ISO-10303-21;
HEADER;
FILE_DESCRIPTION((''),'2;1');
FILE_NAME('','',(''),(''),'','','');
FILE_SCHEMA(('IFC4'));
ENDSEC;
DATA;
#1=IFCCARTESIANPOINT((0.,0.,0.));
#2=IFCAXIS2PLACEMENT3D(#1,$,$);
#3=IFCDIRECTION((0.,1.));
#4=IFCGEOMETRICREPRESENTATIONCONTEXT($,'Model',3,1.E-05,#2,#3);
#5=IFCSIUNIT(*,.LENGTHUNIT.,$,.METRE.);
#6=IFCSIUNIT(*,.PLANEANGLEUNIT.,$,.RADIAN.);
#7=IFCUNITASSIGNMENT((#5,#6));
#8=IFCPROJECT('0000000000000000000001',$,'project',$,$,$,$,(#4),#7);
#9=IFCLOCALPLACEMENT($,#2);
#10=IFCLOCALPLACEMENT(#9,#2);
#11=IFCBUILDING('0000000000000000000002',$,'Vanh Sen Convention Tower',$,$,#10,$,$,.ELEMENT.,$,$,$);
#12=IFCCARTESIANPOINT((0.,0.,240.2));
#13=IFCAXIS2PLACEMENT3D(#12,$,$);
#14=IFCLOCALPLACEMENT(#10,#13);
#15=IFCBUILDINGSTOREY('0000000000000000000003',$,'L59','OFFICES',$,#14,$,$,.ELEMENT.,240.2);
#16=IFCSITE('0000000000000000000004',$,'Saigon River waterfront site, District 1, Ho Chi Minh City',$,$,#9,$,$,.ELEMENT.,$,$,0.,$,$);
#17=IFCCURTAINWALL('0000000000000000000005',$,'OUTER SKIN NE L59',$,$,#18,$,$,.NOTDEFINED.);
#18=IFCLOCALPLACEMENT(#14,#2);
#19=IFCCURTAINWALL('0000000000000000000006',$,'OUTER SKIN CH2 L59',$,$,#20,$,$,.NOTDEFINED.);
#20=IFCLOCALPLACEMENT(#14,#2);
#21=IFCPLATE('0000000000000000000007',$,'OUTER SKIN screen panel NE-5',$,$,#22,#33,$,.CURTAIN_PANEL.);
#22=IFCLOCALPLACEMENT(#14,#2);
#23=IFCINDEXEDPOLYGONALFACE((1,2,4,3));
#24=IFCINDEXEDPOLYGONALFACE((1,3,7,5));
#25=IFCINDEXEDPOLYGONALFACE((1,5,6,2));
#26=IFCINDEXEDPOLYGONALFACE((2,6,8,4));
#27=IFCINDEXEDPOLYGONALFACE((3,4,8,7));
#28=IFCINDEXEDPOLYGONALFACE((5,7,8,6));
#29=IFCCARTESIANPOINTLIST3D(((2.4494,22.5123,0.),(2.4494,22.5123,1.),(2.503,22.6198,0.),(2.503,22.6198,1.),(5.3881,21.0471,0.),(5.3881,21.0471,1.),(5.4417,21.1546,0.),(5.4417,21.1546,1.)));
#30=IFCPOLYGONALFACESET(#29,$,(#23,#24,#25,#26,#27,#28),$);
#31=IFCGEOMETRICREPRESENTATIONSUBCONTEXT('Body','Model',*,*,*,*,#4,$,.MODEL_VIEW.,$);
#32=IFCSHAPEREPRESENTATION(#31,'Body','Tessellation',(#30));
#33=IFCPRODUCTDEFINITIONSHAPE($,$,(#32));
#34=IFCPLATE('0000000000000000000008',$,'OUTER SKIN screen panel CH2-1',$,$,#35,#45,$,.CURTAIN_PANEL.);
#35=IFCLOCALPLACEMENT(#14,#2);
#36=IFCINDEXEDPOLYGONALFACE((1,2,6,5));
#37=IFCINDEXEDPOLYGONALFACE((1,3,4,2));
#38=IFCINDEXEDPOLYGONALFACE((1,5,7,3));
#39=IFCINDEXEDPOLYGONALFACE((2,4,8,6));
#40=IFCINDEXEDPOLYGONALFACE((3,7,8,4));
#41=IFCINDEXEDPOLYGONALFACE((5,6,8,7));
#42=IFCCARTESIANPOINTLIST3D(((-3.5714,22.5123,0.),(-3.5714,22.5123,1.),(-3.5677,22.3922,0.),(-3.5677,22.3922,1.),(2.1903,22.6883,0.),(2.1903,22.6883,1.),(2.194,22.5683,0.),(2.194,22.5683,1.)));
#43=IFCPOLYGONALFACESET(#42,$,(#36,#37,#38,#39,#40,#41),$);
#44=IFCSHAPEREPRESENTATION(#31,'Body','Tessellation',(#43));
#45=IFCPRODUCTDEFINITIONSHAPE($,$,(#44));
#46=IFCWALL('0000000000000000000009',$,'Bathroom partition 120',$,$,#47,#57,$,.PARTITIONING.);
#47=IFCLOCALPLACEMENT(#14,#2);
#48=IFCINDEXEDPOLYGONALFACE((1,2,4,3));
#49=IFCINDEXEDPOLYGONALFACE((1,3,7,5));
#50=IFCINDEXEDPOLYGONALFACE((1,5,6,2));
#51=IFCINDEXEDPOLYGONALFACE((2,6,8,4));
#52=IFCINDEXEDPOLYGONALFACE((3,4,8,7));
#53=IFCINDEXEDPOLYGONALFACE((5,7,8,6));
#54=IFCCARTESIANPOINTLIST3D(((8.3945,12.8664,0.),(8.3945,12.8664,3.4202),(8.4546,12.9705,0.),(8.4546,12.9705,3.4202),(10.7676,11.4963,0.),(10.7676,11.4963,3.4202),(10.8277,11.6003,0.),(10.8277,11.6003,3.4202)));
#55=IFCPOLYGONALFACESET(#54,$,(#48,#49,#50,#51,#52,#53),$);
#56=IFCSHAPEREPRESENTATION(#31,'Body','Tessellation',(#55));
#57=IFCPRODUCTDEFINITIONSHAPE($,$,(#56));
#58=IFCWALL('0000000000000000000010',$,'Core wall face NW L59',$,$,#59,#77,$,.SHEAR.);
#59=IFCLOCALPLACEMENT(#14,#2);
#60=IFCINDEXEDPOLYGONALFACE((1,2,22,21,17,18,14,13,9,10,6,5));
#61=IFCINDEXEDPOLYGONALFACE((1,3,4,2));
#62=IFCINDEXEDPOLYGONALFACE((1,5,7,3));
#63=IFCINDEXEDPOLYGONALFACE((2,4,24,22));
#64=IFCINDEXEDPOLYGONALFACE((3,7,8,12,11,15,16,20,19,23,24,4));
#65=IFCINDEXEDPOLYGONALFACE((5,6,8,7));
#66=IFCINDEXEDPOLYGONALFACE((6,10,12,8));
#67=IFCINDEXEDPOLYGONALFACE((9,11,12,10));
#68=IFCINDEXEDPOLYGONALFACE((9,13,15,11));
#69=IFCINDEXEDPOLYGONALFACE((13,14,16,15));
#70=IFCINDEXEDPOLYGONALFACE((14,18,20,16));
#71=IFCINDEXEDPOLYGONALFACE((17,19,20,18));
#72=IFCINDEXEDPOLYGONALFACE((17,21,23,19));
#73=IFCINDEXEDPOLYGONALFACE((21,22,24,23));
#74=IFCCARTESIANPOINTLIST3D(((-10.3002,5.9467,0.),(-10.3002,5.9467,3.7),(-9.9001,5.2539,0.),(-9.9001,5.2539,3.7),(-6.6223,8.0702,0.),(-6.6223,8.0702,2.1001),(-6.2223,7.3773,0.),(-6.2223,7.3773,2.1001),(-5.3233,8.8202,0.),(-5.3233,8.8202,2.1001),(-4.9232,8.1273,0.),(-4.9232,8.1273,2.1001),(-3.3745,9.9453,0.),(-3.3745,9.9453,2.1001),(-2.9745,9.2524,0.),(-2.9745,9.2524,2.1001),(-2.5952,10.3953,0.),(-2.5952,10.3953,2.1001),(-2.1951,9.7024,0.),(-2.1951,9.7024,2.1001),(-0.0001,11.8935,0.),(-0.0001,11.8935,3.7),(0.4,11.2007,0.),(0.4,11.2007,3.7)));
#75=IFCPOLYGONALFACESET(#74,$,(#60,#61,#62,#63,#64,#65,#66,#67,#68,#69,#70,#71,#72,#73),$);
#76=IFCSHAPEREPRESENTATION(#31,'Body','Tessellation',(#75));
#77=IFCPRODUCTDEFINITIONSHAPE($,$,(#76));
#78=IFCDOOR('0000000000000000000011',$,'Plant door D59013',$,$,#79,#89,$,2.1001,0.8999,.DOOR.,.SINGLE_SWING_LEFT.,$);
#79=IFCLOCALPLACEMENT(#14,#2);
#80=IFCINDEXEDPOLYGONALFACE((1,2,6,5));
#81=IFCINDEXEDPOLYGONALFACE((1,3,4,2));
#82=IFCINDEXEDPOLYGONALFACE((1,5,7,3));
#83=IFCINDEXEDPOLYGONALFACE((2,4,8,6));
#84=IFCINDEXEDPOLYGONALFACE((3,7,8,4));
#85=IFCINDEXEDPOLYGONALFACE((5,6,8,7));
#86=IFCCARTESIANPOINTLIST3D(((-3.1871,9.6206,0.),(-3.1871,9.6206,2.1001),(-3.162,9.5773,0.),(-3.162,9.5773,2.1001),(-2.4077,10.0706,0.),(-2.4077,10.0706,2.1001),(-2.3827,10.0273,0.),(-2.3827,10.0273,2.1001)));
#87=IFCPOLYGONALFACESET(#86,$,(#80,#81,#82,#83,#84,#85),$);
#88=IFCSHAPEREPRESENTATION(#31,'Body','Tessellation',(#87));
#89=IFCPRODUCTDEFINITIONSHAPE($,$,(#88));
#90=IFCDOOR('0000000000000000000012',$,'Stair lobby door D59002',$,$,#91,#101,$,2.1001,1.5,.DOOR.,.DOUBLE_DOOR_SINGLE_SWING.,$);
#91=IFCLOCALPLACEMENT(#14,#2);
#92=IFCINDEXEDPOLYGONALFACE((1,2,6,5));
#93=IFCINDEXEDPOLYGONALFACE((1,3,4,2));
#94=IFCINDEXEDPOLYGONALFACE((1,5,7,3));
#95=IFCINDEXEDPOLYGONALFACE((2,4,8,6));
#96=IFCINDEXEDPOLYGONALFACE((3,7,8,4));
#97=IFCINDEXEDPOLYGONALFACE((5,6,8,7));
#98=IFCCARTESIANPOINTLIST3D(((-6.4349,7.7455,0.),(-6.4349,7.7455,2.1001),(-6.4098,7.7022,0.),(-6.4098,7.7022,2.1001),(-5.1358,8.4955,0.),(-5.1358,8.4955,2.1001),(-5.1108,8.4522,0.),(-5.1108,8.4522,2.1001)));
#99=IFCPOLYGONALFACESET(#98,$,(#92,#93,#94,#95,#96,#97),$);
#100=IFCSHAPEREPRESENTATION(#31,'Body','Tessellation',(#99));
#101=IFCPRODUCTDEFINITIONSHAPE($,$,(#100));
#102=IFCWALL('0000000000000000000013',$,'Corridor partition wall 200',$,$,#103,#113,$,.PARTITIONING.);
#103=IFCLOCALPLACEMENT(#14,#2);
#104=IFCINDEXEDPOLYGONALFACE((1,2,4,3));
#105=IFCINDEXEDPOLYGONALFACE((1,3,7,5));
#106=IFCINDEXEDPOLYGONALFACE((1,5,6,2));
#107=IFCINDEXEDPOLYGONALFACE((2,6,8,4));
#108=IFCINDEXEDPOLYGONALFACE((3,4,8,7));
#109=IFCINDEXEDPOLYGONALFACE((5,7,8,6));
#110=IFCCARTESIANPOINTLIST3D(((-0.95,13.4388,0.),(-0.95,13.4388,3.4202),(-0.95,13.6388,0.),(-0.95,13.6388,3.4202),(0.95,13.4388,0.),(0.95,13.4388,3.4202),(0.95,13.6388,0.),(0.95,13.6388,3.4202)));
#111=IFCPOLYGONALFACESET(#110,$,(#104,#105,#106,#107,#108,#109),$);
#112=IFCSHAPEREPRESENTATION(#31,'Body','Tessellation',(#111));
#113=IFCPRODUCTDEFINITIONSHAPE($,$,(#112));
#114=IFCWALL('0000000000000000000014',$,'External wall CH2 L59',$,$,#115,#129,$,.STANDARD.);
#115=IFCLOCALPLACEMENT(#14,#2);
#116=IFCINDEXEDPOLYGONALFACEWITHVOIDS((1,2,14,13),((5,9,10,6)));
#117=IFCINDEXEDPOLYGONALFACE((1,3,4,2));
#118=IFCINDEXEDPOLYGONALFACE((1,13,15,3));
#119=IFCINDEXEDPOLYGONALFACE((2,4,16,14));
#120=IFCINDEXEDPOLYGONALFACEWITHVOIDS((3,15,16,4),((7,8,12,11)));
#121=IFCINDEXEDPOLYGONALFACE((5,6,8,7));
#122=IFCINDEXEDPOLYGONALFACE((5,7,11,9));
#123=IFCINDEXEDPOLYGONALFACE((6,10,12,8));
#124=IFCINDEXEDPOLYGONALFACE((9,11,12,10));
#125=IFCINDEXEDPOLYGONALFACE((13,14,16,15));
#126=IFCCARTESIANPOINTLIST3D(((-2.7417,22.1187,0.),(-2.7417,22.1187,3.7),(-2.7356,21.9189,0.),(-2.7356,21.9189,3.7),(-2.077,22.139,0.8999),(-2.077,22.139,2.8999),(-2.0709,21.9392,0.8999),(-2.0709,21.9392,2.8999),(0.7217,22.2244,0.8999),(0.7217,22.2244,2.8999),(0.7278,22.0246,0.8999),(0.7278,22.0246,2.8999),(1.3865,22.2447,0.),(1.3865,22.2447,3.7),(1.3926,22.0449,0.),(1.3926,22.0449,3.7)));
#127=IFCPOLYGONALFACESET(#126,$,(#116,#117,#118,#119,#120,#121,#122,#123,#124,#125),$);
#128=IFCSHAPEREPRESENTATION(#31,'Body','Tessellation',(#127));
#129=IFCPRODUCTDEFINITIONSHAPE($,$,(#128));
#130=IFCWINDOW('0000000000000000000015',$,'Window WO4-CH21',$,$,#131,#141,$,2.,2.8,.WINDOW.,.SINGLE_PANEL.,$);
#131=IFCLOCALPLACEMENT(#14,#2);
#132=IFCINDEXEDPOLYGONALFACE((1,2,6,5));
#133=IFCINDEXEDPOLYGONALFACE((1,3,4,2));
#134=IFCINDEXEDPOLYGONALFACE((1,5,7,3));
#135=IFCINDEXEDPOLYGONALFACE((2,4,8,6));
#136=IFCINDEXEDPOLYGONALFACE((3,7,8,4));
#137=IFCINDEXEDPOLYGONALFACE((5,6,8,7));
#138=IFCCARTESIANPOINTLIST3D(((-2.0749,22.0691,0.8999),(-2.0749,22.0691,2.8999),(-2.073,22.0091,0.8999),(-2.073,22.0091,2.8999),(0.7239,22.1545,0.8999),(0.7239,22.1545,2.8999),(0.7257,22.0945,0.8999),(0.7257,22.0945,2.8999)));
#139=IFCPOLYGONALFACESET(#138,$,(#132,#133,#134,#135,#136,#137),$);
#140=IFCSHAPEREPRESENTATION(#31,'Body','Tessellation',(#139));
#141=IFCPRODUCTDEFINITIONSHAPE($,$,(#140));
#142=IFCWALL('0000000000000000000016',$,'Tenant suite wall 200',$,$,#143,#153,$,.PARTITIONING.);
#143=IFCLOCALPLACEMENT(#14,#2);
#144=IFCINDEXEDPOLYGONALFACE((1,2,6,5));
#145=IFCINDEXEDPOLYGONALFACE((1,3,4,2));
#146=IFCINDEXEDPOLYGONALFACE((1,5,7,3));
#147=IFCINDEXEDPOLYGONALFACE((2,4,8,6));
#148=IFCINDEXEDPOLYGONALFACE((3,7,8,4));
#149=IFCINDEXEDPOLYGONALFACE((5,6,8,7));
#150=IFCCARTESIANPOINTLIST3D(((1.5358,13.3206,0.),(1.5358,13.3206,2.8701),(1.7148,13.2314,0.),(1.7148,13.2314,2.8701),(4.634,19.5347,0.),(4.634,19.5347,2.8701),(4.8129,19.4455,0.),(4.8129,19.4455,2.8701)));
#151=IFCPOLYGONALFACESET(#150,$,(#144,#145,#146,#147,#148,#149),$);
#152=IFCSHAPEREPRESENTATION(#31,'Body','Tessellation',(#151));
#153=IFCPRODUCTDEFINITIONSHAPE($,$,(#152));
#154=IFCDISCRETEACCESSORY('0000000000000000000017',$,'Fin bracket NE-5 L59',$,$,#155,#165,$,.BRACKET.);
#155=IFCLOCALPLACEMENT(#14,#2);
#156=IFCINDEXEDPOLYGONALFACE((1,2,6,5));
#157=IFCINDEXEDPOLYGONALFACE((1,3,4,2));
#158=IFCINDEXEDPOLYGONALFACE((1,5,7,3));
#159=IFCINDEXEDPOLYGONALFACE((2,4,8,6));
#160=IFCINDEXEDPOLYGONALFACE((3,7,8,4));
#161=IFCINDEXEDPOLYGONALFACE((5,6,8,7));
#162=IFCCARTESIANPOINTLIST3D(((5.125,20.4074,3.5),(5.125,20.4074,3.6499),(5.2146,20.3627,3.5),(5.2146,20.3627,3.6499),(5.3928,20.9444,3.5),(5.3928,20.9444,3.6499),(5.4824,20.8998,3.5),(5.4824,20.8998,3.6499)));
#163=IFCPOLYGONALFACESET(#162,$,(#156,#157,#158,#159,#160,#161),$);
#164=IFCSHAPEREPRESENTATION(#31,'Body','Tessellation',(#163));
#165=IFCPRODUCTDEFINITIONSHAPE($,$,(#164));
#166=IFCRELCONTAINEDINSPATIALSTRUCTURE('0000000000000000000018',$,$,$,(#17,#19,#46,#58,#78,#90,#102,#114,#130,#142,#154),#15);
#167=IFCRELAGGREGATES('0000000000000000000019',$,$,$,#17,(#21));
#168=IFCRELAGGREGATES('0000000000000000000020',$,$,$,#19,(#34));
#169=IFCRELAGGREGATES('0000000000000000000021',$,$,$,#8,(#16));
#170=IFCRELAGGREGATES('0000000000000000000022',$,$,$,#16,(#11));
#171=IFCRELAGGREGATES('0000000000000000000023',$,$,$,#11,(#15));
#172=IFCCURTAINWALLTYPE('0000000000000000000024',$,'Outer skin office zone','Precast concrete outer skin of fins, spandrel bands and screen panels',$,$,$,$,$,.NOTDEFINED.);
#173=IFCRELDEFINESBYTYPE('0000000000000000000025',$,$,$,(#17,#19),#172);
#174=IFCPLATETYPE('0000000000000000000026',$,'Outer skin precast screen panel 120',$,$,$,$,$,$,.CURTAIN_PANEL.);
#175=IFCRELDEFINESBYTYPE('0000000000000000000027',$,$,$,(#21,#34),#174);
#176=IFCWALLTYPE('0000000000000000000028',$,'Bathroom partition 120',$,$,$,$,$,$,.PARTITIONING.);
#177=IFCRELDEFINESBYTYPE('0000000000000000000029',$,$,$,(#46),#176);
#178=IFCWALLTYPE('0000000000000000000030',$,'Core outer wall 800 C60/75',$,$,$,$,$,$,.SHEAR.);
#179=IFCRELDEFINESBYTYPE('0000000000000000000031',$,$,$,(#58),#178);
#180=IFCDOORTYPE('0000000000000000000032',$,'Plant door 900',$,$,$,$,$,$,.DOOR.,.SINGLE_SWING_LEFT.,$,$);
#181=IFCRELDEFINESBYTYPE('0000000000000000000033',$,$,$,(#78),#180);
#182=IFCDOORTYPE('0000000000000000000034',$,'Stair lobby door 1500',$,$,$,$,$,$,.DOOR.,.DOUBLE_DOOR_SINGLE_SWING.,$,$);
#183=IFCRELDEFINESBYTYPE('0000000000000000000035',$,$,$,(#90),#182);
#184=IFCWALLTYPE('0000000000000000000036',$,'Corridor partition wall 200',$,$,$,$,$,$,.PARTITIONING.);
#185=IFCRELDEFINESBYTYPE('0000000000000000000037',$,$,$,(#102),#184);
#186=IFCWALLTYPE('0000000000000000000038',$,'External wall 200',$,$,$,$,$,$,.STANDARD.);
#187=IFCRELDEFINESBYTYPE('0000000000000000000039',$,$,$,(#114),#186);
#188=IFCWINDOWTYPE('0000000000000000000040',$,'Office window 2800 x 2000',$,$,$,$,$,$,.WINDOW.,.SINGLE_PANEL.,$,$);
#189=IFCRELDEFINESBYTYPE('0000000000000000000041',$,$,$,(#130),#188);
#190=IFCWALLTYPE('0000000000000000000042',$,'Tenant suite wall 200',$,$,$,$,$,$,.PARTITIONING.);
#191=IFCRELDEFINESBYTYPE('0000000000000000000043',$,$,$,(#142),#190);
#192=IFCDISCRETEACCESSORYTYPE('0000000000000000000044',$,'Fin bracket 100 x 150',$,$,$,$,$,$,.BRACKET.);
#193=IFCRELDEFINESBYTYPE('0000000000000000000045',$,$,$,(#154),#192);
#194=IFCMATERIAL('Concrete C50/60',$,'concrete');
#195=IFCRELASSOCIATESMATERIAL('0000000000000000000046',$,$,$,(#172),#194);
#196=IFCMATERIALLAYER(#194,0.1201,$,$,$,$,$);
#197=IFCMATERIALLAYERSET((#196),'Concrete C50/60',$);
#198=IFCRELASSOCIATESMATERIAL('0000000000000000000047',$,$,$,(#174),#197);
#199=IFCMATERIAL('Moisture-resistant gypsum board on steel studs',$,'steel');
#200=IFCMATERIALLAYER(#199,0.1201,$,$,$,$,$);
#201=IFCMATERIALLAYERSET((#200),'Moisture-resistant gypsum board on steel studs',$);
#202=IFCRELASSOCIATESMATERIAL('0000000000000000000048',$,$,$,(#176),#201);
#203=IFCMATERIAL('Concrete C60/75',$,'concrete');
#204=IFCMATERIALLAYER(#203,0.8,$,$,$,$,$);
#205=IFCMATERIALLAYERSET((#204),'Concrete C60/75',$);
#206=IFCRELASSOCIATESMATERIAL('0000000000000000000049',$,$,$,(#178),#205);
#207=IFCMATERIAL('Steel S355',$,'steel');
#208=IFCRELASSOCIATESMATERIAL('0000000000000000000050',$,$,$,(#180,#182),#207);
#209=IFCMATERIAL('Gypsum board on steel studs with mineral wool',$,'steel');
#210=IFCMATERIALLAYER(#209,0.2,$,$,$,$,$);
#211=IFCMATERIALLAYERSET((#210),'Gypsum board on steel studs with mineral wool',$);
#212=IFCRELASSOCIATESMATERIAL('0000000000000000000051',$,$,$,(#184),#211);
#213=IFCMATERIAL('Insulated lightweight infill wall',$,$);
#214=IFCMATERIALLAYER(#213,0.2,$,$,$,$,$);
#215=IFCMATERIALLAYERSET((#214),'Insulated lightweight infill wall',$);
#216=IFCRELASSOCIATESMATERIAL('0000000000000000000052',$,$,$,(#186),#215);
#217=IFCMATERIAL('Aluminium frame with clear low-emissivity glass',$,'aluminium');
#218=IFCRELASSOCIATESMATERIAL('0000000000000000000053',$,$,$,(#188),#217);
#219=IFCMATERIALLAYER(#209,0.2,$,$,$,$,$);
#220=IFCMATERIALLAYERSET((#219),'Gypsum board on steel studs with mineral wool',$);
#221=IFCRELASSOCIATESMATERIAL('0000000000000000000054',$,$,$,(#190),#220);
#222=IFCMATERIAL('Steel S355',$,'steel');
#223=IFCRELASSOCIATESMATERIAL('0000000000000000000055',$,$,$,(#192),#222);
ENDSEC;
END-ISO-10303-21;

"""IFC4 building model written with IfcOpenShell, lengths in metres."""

from ifc_helpers import new_model, si_unit, direction, frame, frame_2d, origin, origin_2d, place, context, subcontext, project, spatial, rectangle, extrude, material, layer, layer_set, type_object, element, fill, aggregate, save


model = new_model("IFC4")

# Units and contexts
model_context = context("Model", 3, precision=1e-05, world=origin(), true_north=direction((0.0, 1.0)))
body_context = subcontext(model_context, "Body", "Model", "MODEL_VIEW")
ifc_project = project(units=[si_unit("LENGTHUNIT", "METRE"), si_unit("PLANEANGLEUNIT", "RADIAN")], contexts=[model_context])

# Site, building, storey
site_placement = place(None, origin())
site = spatial("IfcSite", under=ifc_project, at=site_placement, Name="Saigon River waterfront site, District 1, Ho Chi Minh City", CompositionType="ELEMENT", RefElevation=0.0)
building_placement = place(site_placement, origin())
building = spatial("IfcBuilding", under=site, at=building_placement, Name="Vanh Sen Convention Tower", CompositionType="ELEMENT")
storey_placement = place(building_placement, frame((0.0, 0.0, 240.2)))
storey = spatial("IfcBuildingStorey", under=building, at=storey_placement, Name="L59", Description="OFFICES", CompositionType="ELEMENT", Elevation=240.2)

# Shared definitions
ifc_material_1 = material(Name="Concrete C60/75", Category="concrete")

# Curtain wall
ifc_material_2 = material(Name="Concrete C50/60", Category="concrete")
curtain_wall_type = type_object("IfcCurtainWallType", Name="Outer skin office zone", Description="Precast concrete outer skin of fins, spandrel bands and screen panels", PredefinedType="NOTDEFINED", material=ifc_material_2)
curtain_wall_1_placement = place(storey_placement, origin())
curtain_wall_1 = element("IfcCurtainWall", 1, at=curtain_wall_1_placement, inside=storey, type_object=curtain_wall_type, Name="OUTER SKIN NE L59", PredefinedType="NOTDEFINED")

# Curtain wall
curtain_wall_2_placement = place(storey_placement, origin())
curtain_wall_2 = element("IfcCurtainWall", 2, at=curtain_wall_2_placement, inside=storey, type_object=curtain_wall_type, Name="OUTER SKIN CH2 L59", PredefinedType="NOTDEFINED")

# Plates
ifc_layer_1 = layer(ifc_material_2, 0.1201)
ifc_layer_set_1 = layer_set([ifc_layer_1], Name="Concrete C50/60")
plate_type = type_object("IfcPlateType", Name="Outer skin precast screen panel 120", PredefinedType="CURTAIN_PANEL", material=ifc_layer_set_1)
plate_1_placement = place(storey_placement, frame((3.9456, 21.8335, 0.0), z_axis=(0.0, 0.0, 1.0), x_axis=(-0.89493, 0.446206, 0.0)))
plate_1 = element("IfcPlate", 3, at=plate_1_placement, type_object=plate_type, Name="OUTER SKIN screen panel NE-5", PredefinedType="CURTAIN_PANEL", context=body_context, shape_type="SweptSolid", body=[
    extrude(rectangle(XDim=3.2837, YDim=0.1201, at=origin_2d()), origin(), (0.0, 0.0, 1.0), 1.0),
])
aggregate(curtain_wall_1, [plate_1])
plate_2_placement = place(storey_placement, frame((-0.6887, 22.5403, 0.0), z_axis=(0.0, 0.0, 1.0), x_axis=(-0.999533, -0.030544, 0.0)))
plate_2 = element("IfcPlate", 4, at=plate_2_placement, type_object=plate_type, Name="OUTER SKIN screen panel CH2-1", PredefinedType="CURTAIN_PANEL", context=body_context, shape_type="SweptSolid", body=[
    extrude(rectangle(XDim=5.7644, YDim=0.1201, at=origin_2d()), origin(), (0.0, 0.0, 1.0), 1.0),
])
aggregate(curtain_wall_2, [plate_2])

# Wall
ifc_material_3 = material(Name="Moisture-resistant gypsum board on steel studs", Category="steel")
ifc_layer_2 = layer(ifc_material_3, 0.1201)
ifc_layer_set_2 = layer_set([ifc_layer_2], Name="Moisture-resistant gypsum board on steel studs")
wall_type_1 = type_object("IfcWallType", Name="Bathroom partition 120", PredefinedType="PARTITIONING", material=ifc_layer_set_2)
wall_1_placement = place(storey_placement, frame((8.4246, 12.9185, 0.0), z_axis=(0.0, 0.0, 1.0), x_axis=(0.866019, -0.50001, 0.0)))
element("IfcWall", 5, at=wall_1_placement, inside=storey, type_object=wall_type_1, Name="Bathroom partition 120", PredefinedType="PARTITIONING", context=body_context, shape_type="SweptSolid", body=[
    extrude(rectangle(XDim=2.7402, YDim=0.1201, at=frame_2d((1.3701, 0.0))), origin(), (0.0, 0.0, 1.0), 3.4202),
])

# Wall, openings, doors
ifc_layer_3 = layer(ifc_material_1, 0.8)
ifc_layer_set_3 = layer_set([ifc_layer_3], Name="Concrete C60/75")
wall_type_2 = type_object("IfcWallType", Name="Core outer wall 800 C60/75", PredefinedType="SHEAR", material=ifc_layer_set_3)
wall_2_placement = place(storey_placement, frame((0.2, 11.5471, 0.0), z_axis=(0.0, 0.0, 1.0), x_axis=(-0.866024, -0.500003, 0.0)))
wall_2 = element("IfcWall", 6, at=wall_2_placement, inside=storey, type_object=wall_type_2, Name="Core wall face NW L59", PredefinedType="SHEAR", context=body_context, shape_type="SweptSolid", body=[
    extrude(rectangle(XDim=11.8936, YDim=0.8, at=frame_2d((5.9468, 0.0))), origin(), (0.0, 0.0, 1.0), 3.7),
])
opening_1_placement = place(wall_2_placement, frame((6.1467, 0.0, 0.0)))
opening_1 = element("IfcOpeningElement", 7, at=opening_1_placement, cuts=wall_2, PredefinedType="OPENING", context=body_context, shape_type="SweptSolid", body=[
    extrude(rectangle(XDim=1.5, YDim=2.1001, at=frame_2d((0.75, 1.05))), frame((0.0, 0.4099, 0.0), z_axis=(0.0, -1.0, 0.0), x_axis=(1.0, 0.0, 0.0)), (0.0, 0.0, 1.0), 0.8201),
])
opening_2_placement = place(wall_2_placement, frame((2.9966, 0.0, 0.0)))
opening_2 = element("IfcOpeningElement", 8, at=opening_2_placement, cuts=wall_2, PredefinedType="OPENING", context=body_context, shape_type="SweptSolid", body=[
    extrude(rectangle(XDim=0.8999, YDim=2.1001, at=frame_2d((0.45, 1.05))), frame((0.0, 0.4099, 0.0), z_axis=(0.0, -1.0, 0.0), x_axis=(1.0, 0.0, 0.0)), (0.0, 0.0, 1.0), 0.8201),
])
ifc_material_4 = material(Name="Steel S355", Category="steel")
door_type_1 = type_object("IfcDoorType", Name="Plant door 900", OperationType="SINGLE_SWING_LEFT", PredefinedType="DOOR", material=ifc_material_4)
door_1_placement = place(opening_2_placement, origin())
door_1 = element("IfcDoor", 9, at=door_1_placement, inside=storey, type_object=door_type_1, Name="Plant door D59013", OperationType="SINGLE_SWING_LEFT", OverallHeight=2.1001, OverallWidth=0.8999, PredefinedType="DOOR", context=body_context, shape_type="SweptSolid", body=[
    extrude(rectangle(XDim=0.8999, YDim=2.1001, at=frame_2d((0.45, 1.05))), frame((0.0, 0.0249, 0.0), z_axis=(0.0, -1.0, 0.0), x_axis=(1.0, 0.0, 0.0)), (0.0, 0.0, 1.0), 0.05),
])
fill(opening_2, door_1)
door_type_2 = type_object("IfcDoorType", Name="Stair lobby door 1500", OperationType="DOUBLE_DOOR_SINGLE_SWING", PredefinedType="DOOR", material=ifc_material_4)
door_2_placement = place(opening_1_placement, origin())
door_2 = element("IfcDoor", 10, at=door_2_placement, inside=storey, type_object=door_type_2, Name="Stair lobby door D59002", OperationType="DOUBLE_DOOR_SINGLE_SWING", OverallHeight=2.1001, OverallWidth=1.5, PredefinedType="DOOR", context=body_context, shape_type="SweptSolid", body=[
    extrude(rectangle(XDim=1.5, YDim=2.1001, at=frame_2d((0.75, 1.05))), frame((0.0, 0.0249, 0.0), z_axis=(0.0, -1.0, 0.0), x_axis=(1.0, 0.0, 0.0)), (0.0, 0.0, 1.0), 0.05),
])
fill(opening_1, door_2)

# Wall
ifc_material_5 = material(Name="Gypsum board on steel studs with mineral wool", Category="steel")
ifc_layer_4 = layer(ifc_material_5, 0.2)
ifc_layer_set_4 = layer_set([ifc_layer_4], Name="Gypsum board on steel studs with mineral wool")
wall_type_3 = type_object("IfcWallType", Name="Corridor partition wall 200", PredefinedType="PARTITIONING", material=ifc_layer_set_4)
wall_3_placement = place(storey_placement, frame((0.95, 13.5388, 0.0), z_axis=(0.0, 0.0, 1.0), x_axis=(-1.0, 0.0, 0.0)))
element("IfcWall", 11, at=wall_3_placement, inside=storey, type_object=wall_type_3, Name="Corridor partition wall 200", PredefinedType="PARTITIONING", context=body_context, shape_type="SweptSolid", body=[
    extrude(rectangle(XDim=1.8999, YDim=0.2, at=frame_2d((0.95, 0.0))), origin(), (0.0, 0.0, 1.0), 3.4202),
])

# Wall, opening, window
ifc_material_6 = material(Name="Insulated lightweight infill wall")
ifc_layer_5 = layer(ifc_material_6, 0.2)
ifc_layer_set_5 = layer_set([ifc_layer_5], Name="Insulated lightweight infill wall")
wall_type_4 = type_object("IfcWallType", Name="External wall 200", PredefinedType="STANDARD", material=ifc_layer_set_5)
wall_4_placement = place(storey_placement, frame((1.3894, 22.1448, 0.0), z_axis=(0.0, 0.0, 1.0), x_axis=(-0.999535, -0.030502, 0.0)))
wall_4 = element("IfcWall", 12, at=wall_4_placement, inside=storey, type_object=wall_type_4, Name="External wall CH2 L59", PredefinedType="STANDARD", context=body_context, shape_type="SweptSolid", body=[
    extrude(rectangle(XDim=4.1301, YDim=0.2, at=frame_2d((2.0649, 0.0))), origin(), (0.0, 0.0, 1.0), 3.7),
])
opening_3_placement = place(wall_4_placement, frame((0.665, 0.0, 0.8999)))
opening_3 = element("IfcOpeningElement", 13, at=opening_3_placement, cuts=wall_4, PredefinedType="OPENING", context=body_context, shape_type="SweptSolid", body=[
    extrude(rectangle(XDim=2.8, YDim=2.0, at=frame_2d((1.3999, 1.0))), frame((0.0, 0.1099, 0.0), z_axis=(0.0, -1.0, 0.0), x_axis=(1.0, 0.0, 0.0)), (0.0, 0.0, 1.0), 0.22),
])
ifc_material_7 = material(Name="Aluminium frame with clear low-emissivity glass", Category="aluminium")
window_type = type_object("IfcWindowType", Name="Office window 2800 x 2000", PartitioningType="SINGLE_PANEL", PredefinedType="WINDOW", material=ifc_material_7)
window_placement = place(opening_3_placement, origin())
window = element("IfcWindow", 14, at=window_placement, inside=storey, type_object=window_type, Name="Window WO4-CH21", OverallHeight=2.0, OverallWidth=2.8, PartitioningType="SINGLE_PANEL", PredefinedType="WINDOW", context=body_context, shape_type="SweptSolid", body=[
    extrude(rectangle(XDim=2.8, YDim=2.0, at=frame_2d((1.3999, 1.0))), frame((0.0, 0.03, 0.0), z_axis=(0.0, -1.0, 0.0), x_axis=(1.0, 0.0, 0.0)), (0.0, 0.0, 1.0), 0.0601),
])
fill(opening_3, window)

# Wall
ifc_layer_6 = layer(ifc_material_5, 0.2)
ifc_layer_set_6 = layer_set([ifc_layer_6], Name="Gypsum board on steel studs with mineral wool")
wall_type_5 = type_object("IfcWallType", Name="Tenant suite wall 200", PredefinedType="PARTITIONING", material=ifc_layer_set_6)
wall_5_placement = place(storey_placement, frame((4.7234, 19.49, 0.0), z_axis=(0.0, 0.0, 1.0), x_axis=(-0.446187, -0.89494, 0.0)))
element("IfcWall", 15, at=wall_5_placement, inside=storey, type_object=wall_type_5, Name="Tenant suite wall 200", PredefinedType="PARTITIONING", context=body_context, shape_type="SweptSolid", body=[
    extrude(rectangle(XDim=6.9436, YDim=0.2, at=frame_2d((3.4717, 0.0))), origin(), (0.0, 0.0, 1.0), 2.8701),
])

# Discrete accessory
ifc_material_8 = material(Name="Steel S355", Category="steel")
discrete_accessory_type = type_object("IfcDiscreteAccessoryType", Name="Fin bracket 100 x 150", PredefinedType="BRACKET", material=ifc_material_8)
discrete_accessory_placement = place(storey_placement, frame((5.3037, 20.6536, 3.5), z_axis=(0.0, 0.0, 1.0), x_axis=(0.446198, 0.894934, 0.0)))
element("IfcDiscreteAccessory", 16, at=discrete_accessory_placement, inside=storey, type_object=discrete_accessory_type, Name="Fin bracket NE-5 L59", PredefinedType="BRACKET", context=body_context, shape_type="SweptSolid", body=[
    extrude(rectangle(XDim=0.6001, YDim=0.1001, at=origin_2d()), origin(), (0.0, 0.0, 1.0), 0.1499),
])

save(model, "model.ifc")
